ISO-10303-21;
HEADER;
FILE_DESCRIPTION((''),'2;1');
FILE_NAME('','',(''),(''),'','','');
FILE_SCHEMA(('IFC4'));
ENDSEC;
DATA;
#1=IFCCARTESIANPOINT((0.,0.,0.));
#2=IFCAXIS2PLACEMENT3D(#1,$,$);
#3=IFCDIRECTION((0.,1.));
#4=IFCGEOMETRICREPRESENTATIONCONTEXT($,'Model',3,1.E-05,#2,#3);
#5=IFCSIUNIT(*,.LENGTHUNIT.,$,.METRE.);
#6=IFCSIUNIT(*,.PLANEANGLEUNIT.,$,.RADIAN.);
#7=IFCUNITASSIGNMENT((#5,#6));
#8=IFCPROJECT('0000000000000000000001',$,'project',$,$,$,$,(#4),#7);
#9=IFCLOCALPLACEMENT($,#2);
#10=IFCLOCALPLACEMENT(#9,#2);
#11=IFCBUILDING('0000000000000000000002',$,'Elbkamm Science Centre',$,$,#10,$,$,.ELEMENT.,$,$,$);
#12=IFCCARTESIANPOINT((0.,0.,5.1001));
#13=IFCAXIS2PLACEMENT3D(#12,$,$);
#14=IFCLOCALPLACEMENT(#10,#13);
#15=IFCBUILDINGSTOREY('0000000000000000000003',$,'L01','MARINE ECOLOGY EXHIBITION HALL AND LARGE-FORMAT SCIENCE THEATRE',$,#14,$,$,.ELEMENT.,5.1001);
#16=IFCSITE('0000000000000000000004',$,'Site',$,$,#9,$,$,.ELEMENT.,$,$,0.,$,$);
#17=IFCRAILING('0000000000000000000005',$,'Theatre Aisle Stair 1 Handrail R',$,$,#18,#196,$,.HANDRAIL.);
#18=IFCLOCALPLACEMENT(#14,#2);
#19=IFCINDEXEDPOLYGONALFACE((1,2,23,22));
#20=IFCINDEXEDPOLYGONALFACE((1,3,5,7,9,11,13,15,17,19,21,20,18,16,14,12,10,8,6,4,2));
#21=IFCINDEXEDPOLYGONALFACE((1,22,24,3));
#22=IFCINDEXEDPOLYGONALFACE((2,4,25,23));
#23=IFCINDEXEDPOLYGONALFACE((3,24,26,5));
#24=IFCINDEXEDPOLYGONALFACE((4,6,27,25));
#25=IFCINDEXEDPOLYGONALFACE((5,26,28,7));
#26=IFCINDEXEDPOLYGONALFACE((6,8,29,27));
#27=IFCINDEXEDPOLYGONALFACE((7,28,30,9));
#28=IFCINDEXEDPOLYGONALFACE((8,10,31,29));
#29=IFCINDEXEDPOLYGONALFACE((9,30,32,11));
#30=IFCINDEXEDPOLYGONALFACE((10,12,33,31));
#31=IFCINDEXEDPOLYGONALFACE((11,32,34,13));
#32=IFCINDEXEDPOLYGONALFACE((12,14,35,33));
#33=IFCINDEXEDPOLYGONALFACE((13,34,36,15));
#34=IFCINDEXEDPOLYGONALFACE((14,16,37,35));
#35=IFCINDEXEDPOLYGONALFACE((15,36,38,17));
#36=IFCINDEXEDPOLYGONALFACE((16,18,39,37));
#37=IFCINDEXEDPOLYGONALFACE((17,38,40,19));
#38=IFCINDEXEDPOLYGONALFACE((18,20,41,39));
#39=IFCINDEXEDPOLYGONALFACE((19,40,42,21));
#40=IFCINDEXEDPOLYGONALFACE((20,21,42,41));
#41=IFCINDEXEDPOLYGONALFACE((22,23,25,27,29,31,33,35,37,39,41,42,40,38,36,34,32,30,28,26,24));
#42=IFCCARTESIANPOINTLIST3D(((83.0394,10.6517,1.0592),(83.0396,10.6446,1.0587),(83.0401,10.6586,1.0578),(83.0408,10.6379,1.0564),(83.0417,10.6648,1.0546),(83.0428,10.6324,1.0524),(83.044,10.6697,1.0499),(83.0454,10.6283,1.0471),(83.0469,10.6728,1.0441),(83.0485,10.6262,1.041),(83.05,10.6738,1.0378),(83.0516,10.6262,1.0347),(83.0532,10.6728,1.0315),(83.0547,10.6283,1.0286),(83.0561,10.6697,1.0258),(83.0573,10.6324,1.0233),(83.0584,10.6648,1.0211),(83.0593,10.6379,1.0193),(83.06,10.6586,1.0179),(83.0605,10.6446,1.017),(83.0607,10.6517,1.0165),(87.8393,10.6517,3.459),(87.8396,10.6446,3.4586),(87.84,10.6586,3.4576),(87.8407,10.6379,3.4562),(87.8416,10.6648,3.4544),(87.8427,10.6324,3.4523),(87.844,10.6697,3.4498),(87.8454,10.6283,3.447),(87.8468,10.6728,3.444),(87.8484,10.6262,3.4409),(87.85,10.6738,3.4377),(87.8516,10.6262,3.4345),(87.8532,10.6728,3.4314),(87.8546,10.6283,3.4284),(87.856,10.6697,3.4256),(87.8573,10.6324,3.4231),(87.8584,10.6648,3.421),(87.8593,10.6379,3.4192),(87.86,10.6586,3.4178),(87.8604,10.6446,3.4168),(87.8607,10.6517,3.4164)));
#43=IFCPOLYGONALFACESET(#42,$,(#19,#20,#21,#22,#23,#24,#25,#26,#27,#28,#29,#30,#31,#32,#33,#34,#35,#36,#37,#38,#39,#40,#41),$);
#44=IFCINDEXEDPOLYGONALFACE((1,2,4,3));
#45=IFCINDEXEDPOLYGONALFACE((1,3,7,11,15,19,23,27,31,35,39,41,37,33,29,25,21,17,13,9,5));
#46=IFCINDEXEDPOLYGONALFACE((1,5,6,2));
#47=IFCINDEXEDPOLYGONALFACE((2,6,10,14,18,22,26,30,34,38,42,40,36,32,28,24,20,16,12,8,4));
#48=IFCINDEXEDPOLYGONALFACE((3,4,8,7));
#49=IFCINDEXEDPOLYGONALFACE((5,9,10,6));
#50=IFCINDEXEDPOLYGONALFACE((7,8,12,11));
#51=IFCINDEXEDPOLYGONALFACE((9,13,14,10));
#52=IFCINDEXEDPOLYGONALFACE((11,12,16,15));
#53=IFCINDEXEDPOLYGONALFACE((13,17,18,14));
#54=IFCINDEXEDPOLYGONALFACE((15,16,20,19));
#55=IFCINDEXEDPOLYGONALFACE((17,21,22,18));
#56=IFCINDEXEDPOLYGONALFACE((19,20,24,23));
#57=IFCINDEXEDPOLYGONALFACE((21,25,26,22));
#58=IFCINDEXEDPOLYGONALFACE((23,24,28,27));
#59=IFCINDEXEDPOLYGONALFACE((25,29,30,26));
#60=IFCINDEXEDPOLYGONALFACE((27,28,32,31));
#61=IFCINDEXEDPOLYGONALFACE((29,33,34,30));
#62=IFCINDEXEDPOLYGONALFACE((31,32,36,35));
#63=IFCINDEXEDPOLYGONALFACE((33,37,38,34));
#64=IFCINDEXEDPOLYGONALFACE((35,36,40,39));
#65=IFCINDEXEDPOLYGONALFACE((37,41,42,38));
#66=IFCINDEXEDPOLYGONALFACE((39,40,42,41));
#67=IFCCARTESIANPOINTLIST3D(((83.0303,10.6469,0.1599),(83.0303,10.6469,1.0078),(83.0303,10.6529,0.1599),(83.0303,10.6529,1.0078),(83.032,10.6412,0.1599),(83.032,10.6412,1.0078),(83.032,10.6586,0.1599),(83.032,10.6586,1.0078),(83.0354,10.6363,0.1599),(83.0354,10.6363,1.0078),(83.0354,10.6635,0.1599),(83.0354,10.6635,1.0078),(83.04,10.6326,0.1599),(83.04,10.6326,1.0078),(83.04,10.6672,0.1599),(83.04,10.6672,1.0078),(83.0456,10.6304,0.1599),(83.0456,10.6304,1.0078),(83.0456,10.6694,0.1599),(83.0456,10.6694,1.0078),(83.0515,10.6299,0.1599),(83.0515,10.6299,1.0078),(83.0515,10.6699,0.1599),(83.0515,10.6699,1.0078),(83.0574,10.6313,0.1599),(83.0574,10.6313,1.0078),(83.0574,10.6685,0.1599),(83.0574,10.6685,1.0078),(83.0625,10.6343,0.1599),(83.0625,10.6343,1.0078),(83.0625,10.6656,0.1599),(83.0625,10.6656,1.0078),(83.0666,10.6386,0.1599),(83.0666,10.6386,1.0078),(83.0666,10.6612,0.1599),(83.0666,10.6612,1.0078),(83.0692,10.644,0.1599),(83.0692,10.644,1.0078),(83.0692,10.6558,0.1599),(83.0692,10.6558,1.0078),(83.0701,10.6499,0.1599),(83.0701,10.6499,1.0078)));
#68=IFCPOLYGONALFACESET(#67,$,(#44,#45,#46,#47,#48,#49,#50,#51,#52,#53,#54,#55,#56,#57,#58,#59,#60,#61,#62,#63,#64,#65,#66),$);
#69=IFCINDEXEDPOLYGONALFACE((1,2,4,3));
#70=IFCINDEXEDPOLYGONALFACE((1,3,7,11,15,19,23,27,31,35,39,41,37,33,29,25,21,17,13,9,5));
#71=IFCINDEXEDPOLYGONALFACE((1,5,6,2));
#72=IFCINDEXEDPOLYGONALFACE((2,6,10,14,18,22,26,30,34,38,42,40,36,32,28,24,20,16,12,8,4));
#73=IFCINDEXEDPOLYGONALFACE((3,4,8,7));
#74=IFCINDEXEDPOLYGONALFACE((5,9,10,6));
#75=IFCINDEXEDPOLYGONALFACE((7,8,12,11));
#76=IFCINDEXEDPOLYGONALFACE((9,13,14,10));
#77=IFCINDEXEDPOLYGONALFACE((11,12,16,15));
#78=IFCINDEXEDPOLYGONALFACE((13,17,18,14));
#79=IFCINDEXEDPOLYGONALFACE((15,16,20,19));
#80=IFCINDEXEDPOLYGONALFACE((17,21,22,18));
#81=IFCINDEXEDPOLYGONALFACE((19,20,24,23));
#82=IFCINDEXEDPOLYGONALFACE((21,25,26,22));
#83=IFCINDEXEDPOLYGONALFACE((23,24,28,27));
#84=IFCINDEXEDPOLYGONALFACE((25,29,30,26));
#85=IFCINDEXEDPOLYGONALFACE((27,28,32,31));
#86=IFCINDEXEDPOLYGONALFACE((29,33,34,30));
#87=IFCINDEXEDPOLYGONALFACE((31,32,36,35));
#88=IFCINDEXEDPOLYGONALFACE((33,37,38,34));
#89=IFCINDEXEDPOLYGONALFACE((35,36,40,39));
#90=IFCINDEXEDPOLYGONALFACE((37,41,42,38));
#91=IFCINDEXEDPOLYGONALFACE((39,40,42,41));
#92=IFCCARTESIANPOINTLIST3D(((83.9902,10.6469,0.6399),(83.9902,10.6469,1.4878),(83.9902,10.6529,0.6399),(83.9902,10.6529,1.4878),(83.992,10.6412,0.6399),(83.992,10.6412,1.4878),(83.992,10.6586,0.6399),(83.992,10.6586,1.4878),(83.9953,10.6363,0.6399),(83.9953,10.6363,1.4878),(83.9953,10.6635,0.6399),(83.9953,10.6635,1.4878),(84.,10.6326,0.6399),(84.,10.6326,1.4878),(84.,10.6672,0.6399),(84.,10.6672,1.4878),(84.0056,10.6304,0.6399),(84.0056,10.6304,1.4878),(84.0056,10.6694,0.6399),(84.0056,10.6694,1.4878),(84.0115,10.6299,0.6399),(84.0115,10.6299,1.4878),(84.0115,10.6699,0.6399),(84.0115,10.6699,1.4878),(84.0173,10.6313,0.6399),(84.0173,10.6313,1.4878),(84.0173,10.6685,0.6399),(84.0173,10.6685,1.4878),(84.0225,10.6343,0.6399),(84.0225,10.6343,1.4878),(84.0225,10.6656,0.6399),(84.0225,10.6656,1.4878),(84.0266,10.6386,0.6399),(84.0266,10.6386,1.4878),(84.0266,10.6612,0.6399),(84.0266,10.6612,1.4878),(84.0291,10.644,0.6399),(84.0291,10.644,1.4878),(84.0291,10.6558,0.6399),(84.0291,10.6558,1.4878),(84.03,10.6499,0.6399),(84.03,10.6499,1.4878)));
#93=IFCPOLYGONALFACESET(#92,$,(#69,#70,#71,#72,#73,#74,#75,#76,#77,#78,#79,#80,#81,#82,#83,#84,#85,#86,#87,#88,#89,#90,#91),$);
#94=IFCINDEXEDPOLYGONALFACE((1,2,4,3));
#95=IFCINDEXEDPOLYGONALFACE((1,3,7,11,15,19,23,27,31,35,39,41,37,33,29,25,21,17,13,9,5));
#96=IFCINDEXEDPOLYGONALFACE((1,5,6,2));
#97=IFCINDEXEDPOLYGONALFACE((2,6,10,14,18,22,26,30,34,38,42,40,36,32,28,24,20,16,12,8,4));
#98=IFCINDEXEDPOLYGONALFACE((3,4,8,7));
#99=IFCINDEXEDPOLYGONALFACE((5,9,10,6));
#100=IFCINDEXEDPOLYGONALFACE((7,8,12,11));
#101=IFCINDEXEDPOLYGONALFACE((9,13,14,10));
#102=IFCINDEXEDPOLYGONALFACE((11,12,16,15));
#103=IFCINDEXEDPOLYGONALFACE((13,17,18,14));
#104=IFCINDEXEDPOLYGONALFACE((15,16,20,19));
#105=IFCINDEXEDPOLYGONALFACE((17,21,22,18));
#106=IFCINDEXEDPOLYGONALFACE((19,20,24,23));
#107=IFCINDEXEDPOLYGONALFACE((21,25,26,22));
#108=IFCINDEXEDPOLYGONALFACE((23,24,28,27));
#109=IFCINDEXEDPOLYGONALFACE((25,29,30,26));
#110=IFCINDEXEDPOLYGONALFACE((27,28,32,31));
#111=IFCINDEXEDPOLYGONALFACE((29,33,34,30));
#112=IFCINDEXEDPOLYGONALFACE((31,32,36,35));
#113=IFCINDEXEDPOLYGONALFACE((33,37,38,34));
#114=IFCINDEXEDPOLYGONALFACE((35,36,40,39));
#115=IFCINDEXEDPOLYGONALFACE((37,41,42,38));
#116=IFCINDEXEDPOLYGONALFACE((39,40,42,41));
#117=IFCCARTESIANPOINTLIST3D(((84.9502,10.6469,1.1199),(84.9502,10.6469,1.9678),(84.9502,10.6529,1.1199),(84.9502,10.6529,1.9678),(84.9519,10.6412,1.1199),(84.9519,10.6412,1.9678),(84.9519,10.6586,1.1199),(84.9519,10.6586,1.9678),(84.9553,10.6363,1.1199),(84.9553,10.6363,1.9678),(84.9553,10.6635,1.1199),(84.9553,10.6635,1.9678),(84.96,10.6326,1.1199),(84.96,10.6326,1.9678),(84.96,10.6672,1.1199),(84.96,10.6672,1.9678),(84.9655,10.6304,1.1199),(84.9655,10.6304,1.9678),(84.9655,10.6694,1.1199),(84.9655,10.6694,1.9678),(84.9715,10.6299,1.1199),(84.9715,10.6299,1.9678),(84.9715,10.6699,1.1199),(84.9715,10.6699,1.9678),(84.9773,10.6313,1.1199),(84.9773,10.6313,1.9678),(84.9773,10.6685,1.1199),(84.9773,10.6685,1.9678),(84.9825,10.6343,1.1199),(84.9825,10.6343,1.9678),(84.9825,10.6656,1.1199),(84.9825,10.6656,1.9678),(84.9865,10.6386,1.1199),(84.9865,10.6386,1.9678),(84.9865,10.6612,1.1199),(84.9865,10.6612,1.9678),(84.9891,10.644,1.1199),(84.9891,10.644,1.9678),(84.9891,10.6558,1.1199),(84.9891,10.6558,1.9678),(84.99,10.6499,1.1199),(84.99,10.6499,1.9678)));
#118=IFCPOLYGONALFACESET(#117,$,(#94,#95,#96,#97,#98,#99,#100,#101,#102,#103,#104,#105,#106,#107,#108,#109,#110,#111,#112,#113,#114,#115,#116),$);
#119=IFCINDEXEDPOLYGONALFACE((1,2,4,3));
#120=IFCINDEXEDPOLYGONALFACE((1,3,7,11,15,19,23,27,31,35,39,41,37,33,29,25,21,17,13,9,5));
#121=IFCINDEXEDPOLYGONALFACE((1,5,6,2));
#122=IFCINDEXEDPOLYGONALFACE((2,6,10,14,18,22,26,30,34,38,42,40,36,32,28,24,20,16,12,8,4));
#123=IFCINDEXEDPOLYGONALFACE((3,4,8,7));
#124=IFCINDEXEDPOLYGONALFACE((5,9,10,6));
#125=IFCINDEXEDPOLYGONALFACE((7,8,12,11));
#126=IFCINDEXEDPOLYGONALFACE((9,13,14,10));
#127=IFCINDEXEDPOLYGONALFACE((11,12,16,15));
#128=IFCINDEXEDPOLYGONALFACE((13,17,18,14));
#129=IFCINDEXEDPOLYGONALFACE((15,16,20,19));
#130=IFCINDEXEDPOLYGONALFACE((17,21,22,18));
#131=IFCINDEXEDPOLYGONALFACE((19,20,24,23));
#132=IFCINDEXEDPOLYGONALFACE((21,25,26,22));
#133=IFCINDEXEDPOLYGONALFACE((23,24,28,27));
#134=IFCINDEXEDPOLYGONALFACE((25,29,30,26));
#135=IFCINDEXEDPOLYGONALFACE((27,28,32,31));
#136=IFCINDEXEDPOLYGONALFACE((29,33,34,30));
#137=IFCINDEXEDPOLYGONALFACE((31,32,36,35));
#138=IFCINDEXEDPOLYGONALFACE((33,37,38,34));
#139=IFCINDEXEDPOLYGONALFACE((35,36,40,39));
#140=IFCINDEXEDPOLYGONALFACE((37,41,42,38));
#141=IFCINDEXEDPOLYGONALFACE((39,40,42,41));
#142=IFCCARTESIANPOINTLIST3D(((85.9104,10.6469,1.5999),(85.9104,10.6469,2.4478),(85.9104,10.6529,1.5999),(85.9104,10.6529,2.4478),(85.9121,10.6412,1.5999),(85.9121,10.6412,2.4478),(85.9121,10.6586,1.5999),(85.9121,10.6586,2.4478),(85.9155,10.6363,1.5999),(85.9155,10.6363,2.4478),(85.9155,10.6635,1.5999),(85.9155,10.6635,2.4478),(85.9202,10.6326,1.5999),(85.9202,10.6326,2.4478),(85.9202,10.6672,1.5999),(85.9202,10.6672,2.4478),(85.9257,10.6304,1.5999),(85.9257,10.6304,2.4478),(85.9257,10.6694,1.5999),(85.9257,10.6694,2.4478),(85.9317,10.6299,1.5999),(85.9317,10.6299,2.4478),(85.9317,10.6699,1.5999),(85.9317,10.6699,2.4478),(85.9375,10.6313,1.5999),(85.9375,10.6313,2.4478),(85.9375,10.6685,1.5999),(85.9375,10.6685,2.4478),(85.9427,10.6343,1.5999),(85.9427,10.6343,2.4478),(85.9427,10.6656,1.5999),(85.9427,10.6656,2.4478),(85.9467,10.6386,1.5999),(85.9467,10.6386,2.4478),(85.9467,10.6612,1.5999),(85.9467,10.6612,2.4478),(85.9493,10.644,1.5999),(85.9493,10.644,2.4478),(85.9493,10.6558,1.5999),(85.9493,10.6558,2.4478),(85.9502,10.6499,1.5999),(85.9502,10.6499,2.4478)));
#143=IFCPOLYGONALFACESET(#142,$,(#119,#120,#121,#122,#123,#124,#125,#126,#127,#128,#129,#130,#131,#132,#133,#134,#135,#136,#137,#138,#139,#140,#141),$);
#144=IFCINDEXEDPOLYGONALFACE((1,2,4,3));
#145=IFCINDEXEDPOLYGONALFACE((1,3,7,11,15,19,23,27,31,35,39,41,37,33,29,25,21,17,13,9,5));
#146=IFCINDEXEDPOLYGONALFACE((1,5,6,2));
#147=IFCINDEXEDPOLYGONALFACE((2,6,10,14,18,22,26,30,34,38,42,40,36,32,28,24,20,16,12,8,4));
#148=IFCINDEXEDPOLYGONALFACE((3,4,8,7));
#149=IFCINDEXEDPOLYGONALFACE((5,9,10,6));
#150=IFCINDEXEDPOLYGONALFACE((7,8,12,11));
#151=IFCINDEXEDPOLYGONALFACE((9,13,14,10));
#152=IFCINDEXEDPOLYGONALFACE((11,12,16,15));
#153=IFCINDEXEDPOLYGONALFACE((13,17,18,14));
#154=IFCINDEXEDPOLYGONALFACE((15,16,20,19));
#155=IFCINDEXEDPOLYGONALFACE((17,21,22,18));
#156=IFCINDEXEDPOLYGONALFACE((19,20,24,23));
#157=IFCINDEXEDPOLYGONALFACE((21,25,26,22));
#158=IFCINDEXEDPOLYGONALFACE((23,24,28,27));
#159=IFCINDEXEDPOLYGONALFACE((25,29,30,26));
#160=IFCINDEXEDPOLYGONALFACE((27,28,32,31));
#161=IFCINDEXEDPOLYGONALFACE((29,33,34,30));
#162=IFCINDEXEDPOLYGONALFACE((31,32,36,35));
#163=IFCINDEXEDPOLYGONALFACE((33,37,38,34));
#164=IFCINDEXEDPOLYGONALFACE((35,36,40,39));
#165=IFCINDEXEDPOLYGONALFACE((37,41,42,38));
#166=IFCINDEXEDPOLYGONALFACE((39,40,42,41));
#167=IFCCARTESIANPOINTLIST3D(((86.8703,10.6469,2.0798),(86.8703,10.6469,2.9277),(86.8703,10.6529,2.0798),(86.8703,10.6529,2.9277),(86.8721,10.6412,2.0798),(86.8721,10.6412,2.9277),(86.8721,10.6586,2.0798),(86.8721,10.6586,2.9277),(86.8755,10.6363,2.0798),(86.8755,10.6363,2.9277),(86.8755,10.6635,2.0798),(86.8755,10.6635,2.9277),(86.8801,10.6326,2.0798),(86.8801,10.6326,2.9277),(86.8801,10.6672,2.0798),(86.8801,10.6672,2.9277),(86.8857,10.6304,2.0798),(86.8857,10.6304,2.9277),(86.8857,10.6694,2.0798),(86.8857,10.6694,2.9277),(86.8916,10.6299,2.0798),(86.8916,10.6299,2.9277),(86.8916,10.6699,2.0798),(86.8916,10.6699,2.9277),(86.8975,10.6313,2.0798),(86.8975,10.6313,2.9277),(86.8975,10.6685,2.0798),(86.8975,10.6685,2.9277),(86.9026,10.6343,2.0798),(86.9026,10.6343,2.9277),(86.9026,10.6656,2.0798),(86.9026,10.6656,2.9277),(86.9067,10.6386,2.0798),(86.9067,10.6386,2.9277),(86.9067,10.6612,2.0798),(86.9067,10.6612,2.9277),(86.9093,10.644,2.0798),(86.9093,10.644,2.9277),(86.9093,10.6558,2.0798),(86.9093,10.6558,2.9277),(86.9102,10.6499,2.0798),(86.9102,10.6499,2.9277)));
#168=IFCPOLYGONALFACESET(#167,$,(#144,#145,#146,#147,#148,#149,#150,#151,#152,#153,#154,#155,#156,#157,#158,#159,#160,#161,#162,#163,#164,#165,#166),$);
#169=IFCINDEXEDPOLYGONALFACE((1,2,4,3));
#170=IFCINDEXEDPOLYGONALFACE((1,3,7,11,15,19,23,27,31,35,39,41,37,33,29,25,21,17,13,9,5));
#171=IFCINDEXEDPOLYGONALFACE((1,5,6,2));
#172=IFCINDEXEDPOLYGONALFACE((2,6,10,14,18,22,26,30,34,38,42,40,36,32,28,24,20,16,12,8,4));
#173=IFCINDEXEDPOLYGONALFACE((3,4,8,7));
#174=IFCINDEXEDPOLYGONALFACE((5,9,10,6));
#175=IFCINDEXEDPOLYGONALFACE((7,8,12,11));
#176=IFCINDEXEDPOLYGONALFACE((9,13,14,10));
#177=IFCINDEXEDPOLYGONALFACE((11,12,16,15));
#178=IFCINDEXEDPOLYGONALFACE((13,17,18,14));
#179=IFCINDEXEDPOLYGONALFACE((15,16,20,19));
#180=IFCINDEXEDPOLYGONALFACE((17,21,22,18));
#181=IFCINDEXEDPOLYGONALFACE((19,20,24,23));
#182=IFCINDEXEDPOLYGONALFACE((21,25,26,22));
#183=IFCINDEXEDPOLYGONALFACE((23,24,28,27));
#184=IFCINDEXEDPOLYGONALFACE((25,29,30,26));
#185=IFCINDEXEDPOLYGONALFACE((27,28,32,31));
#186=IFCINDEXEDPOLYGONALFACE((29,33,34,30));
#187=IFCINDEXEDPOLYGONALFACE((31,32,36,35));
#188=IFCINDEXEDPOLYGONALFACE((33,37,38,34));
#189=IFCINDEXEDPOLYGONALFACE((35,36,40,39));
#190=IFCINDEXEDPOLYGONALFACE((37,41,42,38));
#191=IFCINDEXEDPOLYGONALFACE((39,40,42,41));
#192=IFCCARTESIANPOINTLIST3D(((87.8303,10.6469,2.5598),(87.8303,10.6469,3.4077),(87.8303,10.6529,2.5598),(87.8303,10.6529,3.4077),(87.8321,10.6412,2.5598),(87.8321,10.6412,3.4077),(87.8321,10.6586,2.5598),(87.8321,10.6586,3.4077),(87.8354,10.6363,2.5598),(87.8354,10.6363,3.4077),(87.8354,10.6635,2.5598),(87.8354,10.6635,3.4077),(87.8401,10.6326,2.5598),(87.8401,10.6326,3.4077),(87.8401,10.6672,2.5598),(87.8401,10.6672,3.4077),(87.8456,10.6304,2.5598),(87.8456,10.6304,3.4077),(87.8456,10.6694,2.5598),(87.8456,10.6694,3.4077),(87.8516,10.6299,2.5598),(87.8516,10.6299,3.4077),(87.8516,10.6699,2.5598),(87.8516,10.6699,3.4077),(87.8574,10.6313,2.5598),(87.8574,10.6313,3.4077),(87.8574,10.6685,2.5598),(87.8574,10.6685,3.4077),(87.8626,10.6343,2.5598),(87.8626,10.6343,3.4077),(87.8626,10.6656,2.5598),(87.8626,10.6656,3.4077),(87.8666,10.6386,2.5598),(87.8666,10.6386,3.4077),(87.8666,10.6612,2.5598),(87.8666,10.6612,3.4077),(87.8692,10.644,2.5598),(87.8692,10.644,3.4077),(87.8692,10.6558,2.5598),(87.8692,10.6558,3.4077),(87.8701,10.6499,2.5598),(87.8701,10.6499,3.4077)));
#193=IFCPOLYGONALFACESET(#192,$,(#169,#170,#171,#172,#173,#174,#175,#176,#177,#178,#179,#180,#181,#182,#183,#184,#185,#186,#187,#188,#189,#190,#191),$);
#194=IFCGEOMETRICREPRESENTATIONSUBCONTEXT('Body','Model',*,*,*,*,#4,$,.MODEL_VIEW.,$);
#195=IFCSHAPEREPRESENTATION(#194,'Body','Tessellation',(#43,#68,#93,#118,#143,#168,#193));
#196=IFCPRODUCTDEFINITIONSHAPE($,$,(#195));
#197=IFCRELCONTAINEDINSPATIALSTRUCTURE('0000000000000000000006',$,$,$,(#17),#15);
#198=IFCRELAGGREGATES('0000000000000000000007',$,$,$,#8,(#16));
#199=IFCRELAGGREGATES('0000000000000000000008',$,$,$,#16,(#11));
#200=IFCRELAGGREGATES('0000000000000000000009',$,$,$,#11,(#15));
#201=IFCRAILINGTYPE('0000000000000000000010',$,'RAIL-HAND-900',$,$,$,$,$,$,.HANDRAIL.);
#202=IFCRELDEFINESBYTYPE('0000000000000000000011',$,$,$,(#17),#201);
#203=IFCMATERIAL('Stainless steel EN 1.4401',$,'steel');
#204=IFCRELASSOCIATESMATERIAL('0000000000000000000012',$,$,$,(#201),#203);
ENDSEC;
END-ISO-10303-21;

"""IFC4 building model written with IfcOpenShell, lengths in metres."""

from ifc_helpers import new_model, si_unit, direction, frame, origin, origin_2d, place, context, subcontext, project, spatial, circle, extrude, material, type_object, element, save


model = new_model("IFC4")

# Units and contexts
model_context = context("Model", 3, precision=1e-05, world=origin(), true_north=direction((0.0, 1.0)))
body_context = subcontext(model_context, "Body", "Model", "MODEL_VIEW")
ifc_project = project(units=[si_unit("LENGTHUNIT", "METRE"), si_unit("PLANEANGLEUNIT", "RADIAN")], contexts=[model_context])

# Site, building, storey
site_placement = place(None, origin())
site = spatial("IfcSite", under=ifc_project, at=site_placement, Name="Site", CompositionType="ELEMENT", RefElevation=0.0)
building_placement = place(site_placement, origin())
building = spatial("IfcBuilding", under=site, at=building_placement, Name="Elbkamm Science Centre", CompositionType="ELEMENT")
storey_placement = place(building_placement, frame((0.0, 0.0, 5.1001)))
storey = spatial("IfcBuildingStorey", under=building, at=storey_placement, Name="L01", Description="MARINE ECOLOGY EXHIBITION HALL AND LARGE-FORMAT SCIENCE THEATRE", CompositionType="ELEMENT", Elevation=5.1001)

# Railing
ifc_material_1 = material(Name="Stainless steel EN 1.4401", Category="steel")
railing_type_1 = type_object("IfcRailingType", Name="RAIL-HAND-900", PredefinedType="HANDRAIL", material=ifc_material_1)
for number, where, name in (
    (1, (83.05, 10.6499, 0.1599), "Theatre Aisle Stair 1 Handrail R"),
):
    element("IfcRailing", number, at=place(storey_placement, frame(where)), inside=storey, type_object=railing_type_1, Name=name, PredefinedType="HANDRAIL", context=body_context, shape_type="SweptSolid", body=[
        extrude(circle(Radius=0.0239, at=origin_2d()), frame((0.0, 0.0, 0.8779), z_axis=(0.894436, 0.0, 0.447195), x_axis=(0.0, 1.0, 0.0)), (0.0, 0.0, 1.0), 5.3665),
        extrude(circle(Radius=0.02, at=origin_2d()), origin(), (0.0, 0.0, 1.0), 0.8479),
        extrude(circle(Radius=0.02, at=origin_2d()), frame((0.96, 0.0, 0.48)), (0.0, 0.0, 1.0), 0.8479),
        extrude(circle(Radius=0.02, at=origin_2d()), frame((1.9199, 0.0, 0.96)), (0.0, 0.0, 1.0), 0.8479),
        extrude(circle(Radius=0.02, at=origin_2d()), frame((2.8801, 0.0, 1.4399)), (0.0, 0.0, 1.0), 0.8479),
        extrude(circle(Radius=0.02, at=origin_2d()), frame((3.8401, 0.0, 1.9199)), (0.0, 0.0, 1.0), 0.8479),
        extrude(circle(Radius=0.02, at=origin_2d()), frame((4.8, 0.0, 2.3999)), (0.0, 0.0, 1.0), 0.8479),
    ])

save(model, "model.ifc")
